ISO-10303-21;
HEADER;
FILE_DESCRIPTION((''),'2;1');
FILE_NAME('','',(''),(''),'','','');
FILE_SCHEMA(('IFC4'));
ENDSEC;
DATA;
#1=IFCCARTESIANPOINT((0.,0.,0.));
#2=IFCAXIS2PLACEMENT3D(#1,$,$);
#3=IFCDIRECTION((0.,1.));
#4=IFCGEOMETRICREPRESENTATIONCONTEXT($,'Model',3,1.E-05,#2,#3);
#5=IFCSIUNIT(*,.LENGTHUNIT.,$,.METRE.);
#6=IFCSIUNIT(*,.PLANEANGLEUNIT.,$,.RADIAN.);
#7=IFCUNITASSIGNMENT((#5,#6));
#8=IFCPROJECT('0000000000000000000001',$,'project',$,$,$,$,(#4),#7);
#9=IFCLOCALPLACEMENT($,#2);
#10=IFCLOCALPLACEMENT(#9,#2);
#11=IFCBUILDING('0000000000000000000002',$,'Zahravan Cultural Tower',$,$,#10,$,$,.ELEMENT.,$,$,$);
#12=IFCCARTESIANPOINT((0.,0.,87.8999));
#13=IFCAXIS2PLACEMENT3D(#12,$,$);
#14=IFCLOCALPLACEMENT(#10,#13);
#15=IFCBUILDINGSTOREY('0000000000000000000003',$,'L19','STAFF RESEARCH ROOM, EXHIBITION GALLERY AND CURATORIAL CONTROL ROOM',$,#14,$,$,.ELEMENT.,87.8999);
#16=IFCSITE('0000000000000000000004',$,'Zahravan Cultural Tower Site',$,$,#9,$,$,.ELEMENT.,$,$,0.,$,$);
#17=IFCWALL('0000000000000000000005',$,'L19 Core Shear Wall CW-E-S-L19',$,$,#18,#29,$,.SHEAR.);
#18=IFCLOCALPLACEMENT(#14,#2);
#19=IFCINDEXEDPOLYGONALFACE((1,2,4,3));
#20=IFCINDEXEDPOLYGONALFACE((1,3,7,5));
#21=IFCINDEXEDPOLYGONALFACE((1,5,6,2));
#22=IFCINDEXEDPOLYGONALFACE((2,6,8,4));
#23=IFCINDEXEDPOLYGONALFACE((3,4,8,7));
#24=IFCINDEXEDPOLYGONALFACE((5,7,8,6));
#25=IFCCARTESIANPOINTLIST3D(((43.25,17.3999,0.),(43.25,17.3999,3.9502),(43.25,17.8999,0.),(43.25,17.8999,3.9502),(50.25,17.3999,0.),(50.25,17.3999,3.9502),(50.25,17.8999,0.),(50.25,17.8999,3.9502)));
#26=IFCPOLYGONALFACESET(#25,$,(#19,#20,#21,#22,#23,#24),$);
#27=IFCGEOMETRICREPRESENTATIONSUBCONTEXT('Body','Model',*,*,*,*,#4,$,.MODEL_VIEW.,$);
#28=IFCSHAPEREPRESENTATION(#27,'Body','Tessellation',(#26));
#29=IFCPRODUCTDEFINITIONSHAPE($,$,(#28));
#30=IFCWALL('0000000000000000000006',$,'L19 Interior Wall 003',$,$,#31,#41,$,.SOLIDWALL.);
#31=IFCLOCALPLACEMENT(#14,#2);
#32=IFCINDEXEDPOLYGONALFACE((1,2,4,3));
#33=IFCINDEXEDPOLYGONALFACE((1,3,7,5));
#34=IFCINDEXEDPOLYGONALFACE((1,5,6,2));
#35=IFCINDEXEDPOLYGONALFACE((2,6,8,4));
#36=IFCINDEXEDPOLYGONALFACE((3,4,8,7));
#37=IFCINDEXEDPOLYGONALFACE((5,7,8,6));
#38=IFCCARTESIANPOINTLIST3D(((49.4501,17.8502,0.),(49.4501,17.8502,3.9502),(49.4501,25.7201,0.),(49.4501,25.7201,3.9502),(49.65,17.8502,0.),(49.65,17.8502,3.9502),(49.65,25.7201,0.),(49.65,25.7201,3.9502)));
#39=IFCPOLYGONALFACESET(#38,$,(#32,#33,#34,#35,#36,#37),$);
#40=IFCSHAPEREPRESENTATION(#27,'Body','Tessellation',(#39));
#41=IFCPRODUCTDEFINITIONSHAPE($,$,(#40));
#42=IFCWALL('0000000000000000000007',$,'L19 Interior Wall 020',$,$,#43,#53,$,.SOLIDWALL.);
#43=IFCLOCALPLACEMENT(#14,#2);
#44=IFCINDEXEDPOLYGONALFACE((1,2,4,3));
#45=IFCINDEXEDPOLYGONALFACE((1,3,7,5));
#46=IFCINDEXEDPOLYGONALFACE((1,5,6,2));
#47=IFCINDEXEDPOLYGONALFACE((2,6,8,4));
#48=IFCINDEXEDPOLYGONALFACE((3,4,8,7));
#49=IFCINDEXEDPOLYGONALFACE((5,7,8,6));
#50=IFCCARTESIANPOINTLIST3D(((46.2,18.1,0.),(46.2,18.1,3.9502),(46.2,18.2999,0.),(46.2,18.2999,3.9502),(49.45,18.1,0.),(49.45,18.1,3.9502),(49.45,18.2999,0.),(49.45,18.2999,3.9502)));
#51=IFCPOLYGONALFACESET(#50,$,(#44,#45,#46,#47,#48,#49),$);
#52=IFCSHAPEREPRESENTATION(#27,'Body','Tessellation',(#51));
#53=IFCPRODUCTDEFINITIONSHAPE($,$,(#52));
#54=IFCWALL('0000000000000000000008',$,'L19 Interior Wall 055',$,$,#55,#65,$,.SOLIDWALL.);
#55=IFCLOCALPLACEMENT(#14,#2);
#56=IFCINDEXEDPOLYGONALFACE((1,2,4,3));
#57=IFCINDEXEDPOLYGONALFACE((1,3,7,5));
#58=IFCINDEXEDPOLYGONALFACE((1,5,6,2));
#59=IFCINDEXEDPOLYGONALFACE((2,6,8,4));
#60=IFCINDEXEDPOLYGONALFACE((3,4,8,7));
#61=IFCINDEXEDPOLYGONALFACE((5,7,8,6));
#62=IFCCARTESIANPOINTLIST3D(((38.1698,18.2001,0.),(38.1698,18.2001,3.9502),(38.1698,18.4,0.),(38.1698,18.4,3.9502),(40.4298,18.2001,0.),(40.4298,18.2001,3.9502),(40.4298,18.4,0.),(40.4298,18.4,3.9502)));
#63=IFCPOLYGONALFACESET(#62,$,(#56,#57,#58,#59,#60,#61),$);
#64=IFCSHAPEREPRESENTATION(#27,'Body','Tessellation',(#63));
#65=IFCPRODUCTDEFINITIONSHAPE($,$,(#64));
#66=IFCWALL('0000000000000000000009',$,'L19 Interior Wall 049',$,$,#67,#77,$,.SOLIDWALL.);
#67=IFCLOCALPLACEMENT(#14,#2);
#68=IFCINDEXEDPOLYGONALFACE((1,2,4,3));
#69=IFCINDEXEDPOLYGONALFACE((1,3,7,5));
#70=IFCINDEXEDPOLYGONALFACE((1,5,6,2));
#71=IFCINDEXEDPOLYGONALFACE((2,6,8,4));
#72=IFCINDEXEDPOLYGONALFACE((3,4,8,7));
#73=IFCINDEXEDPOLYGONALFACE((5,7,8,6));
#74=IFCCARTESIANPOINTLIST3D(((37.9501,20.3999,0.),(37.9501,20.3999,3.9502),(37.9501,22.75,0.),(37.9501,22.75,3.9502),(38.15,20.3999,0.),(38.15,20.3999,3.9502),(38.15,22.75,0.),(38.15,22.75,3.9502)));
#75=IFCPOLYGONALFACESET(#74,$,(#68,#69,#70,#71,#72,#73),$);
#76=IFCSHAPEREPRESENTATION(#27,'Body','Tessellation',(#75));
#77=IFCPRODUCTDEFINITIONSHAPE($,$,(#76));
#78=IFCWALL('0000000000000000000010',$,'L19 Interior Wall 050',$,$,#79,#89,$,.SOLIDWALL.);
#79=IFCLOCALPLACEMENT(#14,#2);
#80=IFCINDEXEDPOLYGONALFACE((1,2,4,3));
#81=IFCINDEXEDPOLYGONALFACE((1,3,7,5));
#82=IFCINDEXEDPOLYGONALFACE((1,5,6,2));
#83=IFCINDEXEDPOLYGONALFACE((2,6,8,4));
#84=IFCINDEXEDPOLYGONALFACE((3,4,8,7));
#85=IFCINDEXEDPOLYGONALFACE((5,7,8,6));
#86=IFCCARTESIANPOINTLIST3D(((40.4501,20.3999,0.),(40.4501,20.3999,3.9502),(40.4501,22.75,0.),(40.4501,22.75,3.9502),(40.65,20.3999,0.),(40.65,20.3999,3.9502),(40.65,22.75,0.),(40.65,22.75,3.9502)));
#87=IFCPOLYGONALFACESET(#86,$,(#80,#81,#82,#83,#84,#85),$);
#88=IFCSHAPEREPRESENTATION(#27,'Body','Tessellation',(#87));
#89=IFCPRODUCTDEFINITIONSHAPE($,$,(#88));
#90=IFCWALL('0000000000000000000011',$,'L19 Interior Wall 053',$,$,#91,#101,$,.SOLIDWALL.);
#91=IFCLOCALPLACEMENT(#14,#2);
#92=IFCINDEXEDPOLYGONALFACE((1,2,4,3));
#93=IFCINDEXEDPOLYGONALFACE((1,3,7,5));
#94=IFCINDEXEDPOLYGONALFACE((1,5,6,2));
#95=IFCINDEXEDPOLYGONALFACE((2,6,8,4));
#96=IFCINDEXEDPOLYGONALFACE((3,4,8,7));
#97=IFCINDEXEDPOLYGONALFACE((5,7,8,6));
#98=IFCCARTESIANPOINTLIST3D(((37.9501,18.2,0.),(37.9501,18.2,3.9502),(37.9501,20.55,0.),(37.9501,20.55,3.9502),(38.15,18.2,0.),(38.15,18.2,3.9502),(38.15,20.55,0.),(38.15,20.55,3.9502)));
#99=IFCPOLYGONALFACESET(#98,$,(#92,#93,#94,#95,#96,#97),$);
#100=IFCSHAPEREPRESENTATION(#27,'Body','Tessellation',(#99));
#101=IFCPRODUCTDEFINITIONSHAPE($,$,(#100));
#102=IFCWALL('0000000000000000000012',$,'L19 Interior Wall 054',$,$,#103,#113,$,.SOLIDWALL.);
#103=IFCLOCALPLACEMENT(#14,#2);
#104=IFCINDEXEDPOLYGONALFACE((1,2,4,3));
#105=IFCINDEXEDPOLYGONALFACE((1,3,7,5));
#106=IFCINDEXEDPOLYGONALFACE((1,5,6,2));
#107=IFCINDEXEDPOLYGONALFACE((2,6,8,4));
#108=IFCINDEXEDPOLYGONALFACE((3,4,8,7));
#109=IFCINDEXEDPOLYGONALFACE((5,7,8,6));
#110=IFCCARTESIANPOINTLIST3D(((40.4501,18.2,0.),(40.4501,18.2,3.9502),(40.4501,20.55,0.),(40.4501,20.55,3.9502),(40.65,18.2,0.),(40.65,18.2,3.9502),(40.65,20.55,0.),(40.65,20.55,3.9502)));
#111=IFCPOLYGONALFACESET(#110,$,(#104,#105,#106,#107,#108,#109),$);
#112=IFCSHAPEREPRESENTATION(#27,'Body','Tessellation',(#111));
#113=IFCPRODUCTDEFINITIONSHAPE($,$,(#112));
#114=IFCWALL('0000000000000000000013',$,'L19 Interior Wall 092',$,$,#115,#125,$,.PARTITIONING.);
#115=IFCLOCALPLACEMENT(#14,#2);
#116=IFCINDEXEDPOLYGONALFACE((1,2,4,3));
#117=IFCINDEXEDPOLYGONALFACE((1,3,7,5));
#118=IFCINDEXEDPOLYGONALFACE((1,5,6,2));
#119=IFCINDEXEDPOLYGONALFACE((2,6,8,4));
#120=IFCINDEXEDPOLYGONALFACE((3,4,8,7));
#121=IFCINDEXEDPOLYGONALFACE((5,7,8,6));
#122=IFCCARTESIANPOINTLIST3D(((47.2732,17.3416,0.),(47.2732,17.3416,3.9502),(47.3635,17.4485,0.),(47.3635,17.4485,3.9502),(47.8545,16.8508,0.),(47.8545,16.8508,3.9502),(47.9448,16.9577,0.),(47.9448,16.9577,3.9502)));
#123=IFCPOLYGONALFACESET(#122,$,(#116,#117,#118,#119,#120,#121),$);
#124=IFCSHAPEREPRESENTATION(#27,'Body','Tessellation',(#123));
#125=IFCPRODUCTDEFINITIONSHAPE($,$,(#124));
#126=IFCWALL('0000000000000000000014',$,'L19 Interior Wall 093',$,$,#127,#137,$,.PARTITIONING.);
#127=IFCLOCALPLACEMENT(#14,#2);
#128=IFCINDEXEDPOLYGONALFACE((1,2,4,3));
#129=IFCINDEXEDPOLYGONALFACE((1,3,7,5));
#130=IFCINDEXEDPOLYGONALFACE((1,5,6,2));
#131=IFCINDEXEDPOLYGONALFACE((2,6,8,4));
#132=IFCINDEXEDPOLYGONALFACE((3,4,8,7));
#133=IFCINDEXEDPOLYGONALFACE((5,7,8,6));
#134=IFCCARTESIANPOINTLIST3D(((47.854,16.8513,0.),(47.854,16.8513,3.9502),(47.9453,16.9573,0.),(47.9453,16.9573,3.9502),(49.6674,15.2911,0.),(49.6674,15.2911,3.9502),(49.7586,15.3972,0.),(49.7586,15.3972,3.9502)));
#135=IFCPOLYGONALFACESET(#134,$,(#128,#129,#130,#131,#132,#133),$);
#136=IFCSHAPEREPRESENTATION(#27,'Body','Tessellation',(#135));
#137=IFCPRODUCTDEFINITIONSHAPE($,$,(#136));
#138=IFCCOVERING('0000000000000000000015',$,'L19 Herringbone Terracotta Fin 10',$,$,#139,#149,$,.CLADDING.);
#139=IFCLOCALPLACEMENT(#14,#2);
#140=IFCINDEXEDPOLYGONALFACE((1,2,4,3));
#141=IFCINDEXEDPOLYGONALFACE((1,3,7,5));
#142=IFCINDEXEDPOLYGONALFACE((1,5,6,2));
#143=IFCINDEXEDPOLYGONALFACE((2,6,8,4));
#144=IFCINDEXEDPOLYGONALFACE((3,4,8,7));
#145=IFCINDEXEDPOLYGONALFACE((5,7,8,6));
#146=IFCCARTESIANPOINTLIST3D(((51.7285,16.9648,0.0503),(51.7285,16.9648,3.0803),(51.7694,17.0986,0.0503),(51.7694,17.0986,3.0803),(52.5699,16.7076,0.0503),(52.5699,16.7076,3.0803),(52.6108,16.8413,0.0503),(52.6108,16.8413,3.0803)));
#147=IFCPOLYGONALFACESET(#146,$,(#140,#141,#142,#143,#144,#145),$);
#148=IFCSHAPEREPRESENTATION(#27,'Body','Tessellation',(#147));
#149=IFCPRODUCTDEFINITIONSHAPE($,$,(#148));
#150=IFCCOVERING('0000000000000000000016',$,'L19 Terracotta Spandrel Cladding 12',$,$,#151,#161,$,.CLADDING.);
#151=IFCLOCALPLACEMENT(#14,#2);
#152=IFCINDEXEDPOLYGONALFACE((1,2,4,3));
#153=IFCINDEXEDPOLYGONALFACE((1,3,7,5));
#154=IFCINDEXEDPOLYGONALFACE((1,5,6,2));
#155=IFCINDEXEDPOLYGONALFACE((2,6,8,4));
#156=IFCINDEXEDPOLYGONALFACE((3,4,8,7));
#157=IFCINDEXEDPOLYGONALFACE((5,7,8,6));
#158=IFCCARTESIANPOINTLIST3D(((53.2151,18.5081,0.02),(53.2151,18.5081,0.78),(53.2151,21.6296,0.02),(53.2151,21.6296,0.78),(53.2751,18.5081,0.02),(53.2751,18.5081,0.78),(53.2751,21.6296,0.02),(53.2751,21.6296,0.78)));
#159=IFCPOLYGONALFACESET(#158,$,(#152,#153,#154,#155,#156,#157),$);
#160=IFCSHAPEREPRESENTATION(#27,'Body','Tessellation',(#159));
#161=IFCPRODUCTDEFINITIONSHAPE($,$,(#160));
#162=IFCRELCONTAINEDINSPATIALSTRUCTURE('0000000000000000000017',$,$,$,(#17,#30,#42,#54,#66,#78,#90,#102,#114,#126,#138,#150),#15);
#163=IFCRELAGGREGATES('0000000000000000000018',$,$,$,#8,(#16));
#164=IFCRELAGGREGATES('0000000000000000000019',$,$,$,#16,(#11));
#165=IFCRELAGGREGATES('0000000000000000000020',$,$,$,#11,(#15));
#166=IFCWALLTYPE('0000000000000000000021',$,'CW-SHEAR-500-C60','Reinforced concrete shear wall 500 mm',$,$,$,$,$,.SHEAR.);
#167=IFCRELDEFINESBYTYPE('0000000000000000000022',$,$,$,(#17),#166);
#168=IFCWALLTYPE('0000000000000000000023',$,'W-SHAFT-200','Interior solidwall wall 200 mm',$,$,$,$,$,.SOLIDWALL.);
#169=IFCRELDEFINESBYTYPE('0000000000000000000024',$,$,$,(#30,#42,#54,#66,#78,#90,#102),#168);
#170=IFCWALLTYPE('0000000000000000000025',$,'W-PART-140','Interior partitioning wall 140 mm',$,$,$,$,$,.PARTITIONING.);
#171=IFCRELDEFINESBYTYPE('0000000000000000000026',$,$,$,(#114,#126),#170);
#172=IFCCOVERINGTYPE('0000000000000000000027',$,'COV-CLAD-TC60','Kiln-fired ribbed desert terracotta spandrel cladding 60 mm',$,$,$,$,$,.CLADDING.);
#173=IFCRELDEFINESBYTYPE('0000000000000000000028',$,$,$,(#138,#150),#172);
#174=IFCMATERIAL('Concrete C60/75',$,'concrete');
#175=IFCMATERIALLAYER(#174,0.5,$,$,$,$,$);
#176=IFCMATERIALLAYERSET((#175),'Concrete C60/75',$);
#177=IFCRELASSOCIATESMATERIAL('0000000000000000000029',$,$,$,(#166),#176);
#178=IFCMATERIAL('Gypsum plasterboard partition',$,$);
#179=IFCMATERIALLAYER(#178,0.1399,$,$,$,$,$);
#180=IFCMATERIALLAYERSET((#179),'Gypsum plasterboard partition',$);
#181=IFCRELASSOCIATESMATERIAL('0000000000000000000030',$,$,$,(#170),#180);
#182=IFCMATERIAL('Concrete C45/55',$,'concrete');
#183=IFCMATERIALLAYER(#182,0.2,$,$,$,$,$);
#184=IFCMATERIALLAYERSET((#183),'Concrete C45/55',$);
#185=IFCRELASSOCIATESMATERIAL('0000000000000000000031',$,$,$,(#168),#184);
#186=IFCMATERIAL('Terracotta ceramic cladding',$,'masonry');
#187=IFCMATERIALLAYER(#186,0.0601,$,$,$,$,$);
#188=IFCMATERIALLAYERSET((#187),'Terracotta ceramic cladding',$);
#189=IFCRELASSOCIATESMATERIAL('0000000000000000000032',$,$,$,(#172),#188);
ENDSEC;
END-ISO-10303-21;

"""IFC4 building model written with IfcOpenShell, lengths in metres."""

from ifc_helpers import new_model, si_unit, direction, frame, frame_2d, origin, origin_2d, place, context, subcontext, project, spatial, rectangle, extrude, source, transform, mapped, material, layer, layer_set, type_object, element, save


model = new_model("IFC4")

# Units and contexts
model_context = context("Model", 3, precision=1e-05, world=origin(), true_north=direction((0.0, 1.0)))
body_context = subcontext(model_context, "Body", "Model", "MODEL_VIEW")
ifc_project = project(units=[si_unit("LENGTHUNIT", "METRE"), si_unit("PLANEANGLEUNIT", "RADIAN")], contexts=[model_context])

# Site, building, storey
site_placement = place(None, origin())
site = spatial("IfcSite", under=ifc_project, at=site_placement, Name="Zahravan Cultural Tower Site", CompositionType="ELEMENT", RefElevation=0.0)
building_placement = place(site_placement, origin())
building = spatial("IfcBuilding", under=site, at=building_placement, Name="Zahravan Cultural Tower", CompositionType="ELEMENT")
storey_placement = place(building_placement, frame((0.0, 0.0, 87.8999)))
storey = spatial("IfcBuildingStorey", under=building, at=storey_placement, Name="L19", Description="STAFF RESEARCH ROOM, EXHIBITION GALLERY AND CURATORIAL CONTROL ROOM", CompositionType="ELEMENT", Elevation=87.8999)

# Shared definitions
ifc_material_1 = material(Name="Concrete C60/75", Category="concrete")

# Shared definitions
ifc_layer_1 = layer(ifc_material_1, 0.5)
ifc_layer_set_1 = layer_set([ifc_layer_1], Name="Concrete C60/75")
wall_type_1 = type_object("IfcWallType", Name="CW-SHEAR-500-C60", Description="Reinforced concrete shear wall 500 mm", PredefinedType="SHEAR", material=ifc_layer_set_1)

# Shared definitions
ifc_material_2 = material(Name="Gypsum plasterboard partition")
ifc_layer_2 = layer(ifc_material_2, 0.1399)
ifc_layer_set_2 = layer_set([ifc_layer_2], Name="Gypsum plasterboard partition")
wall_type_2 = type_object("IfcWallType", Name="W-PART-140", Description="Interior partitioning wall 140 mm", PredefinedType="PARTITIONING", material=ifc_layer_set_2)
ifc_material_3 = material(Name="Concrete C45/55", Category="concrete")
ifc_layer_3 = layer(ifc_material_3, 0.2)
ifc_layer_set_3 = layer_set([ifc_layer_3], Name="Concrete C45/55")
wall_type_3 = type_object("IfcWallType", Name="W-SHAFT-200", Description="Interior solidwall wall 200 mm", PredefinedType="SOLIDWALL", material=ifc_layer_set_3)

# Walls
shared_shape_1 = source(origin(), body_context, "Body", "SweptSolid", [
    extrude(rectangle(XDim=7.0, YDim=0.5, at=frame_2d((3.5, 0.0))), origin(), (0.0, 0.0, 1.0), 3.9502),
])
wall_1_placement = place(storey_placement, frame((43.25, 17.6499, 0.0), z_axis=(0.0, 0.0, 1.0), x_axis=(1.0, 0.0, 0.0)))
element("IfcWall", 1, at=wall_1_placement, inside=storey, type_object=wall_type_1, Name="L19 Core Shear Wall CW-E-S-L19", PredefinedType="SHEAR", context=body_context, shape_type="MappedRepresentation", body=[
    mapped(shared_shape_1, transform((0.0, 0.0, 0.0), x_axis=(1.0, 0.0, 0.0), y_axis=(0.0, 1.0, 0.0), z_axis=(0.0, 0.0, 1.0), scale=1.0)),
])
shared_shape_2 = source(origin(), body_context, "Body", "SweptSolid", [
    extrude(rectangle(XDim=7.8699, YDim=0.2, at=frame_2d((3.9351, 0.0))), origin(), (0.0, 0.0, 1.0), 3.9502),
])
wall_2_placement = place(storey_placement, frame((49.55, 17.8501, 0.0), z_axis=(0.0, 0.0, 1.0), x_axis=(0.0, 1.0, 0.0)))
element("IfcWall", 2, at=wall_2_placement, inside=storey, type_object=wall_type_3, Name="L19 Interior Wall 003", PredefinedType="SOLIDWALL", context=body_context, shape_type="MappedRepresentation", body=[
    mapped(shared_shape_2, transform((0.0, 0.0, 0.0), x_axis=(1.0, 0.0, 0.0), y_axis=(0.0, 1.0, 0.0), z_axis=(0.0, 0.0, 1.0), scale=1.0)),
])
shared_shape_3 = source(origin(), body_context, "Body", "SweptSolid", [
    extrude(rectangle(XDim=3.25, YDim=0.2, at=frame_2d((1.625, 0.0))), origin(), (0.0, 0.0, 1.0), 3.9502),
])
wall_3_placement = place(storey_placement, frame((46.2, 18.2, 0.0), z_axis=(0.0, 0.0, 1.0), x_axis=(1.0, 0.0, 0.0)))
element("IfcWall", 3, at=wall_3_placement, inside=storey, type_object=wall_type_3, Name="L19 Interior Wall 020", PredefinedType="SOLIDWALL", context=body_context, shape_type="MappedRepresentation", body=[
    mapped(shared_shape_3, transform((0.0, 0.0, 0.0), x_axis=(1.0, 0.0, 0.0), y_axis=(0.0, 1.0, 0.0), z_axis=(0.0, 0.0, 1.0), scale=1.0)),
])
shared_shape_4 = source(origin(), body_context, "Body", "SweptSolid", [
    extrude(rectangle(XDim=2.26, YDim=0.2, at=frame_2d((1.1299, 0.0))), origin(), (0.0, 0.0, 1.0), 3.9502),
])
wall_4_placement = place(storey_placement, frame((38.1699, 18.3, 0.0), z_axis=(0.0, 0.0, 1.0), x_axis=(1.0, 0.0, 0.0)))
element("IfcWall", 4, at=wall_4_placement, inside=storey, type_object=wall_type_3, Name="L19 Interior Wall 055", PredefinedType="SOLIDWALL", context=body_context, shape_type="MappedRepresentation", body=[
    mapped(shared_shape_4, transform((0.0, 0.0, 0.0), x_axis=(1.0, 0.0, 0.0), y_axis=(0.0, 1.0, 0.0), z_axis=(0.0, 0.0, 1.0), scale=1.0)),
])
shared_shape_5 = source(origin(), body_context, "Body", "SweptSolid", [
    extrude(rectangle(XDim=2.3501, YDim=0.2, at=frame_2d((1.175, 0.0))), origin(), (0.0, 0.0, 1.0), 3.9502),
])
for number, where, z_axis, x_axis, name in (
    (5, (38.05, 20.3999, 0.0), (0.0, 0.0, 1.0), (0.0, 1.0, 0.0), "L19 Interior Wall 049"),
    (6, (40.55, 20.3999, 0.0), (0.0, 0.0, 1.0), (0.0, 1.0, 0.0), "L19 Interior Wall 050"),
    (7, (38.05, 18.2, 0.0), (0.0, 0.0, 1.0), (0.0, 1.0, 0.0), "L19 Interior Wall 053"),
    (8, (40.55, 18.2, 0.0), (0.0, 0.0, 1.0), (0.0, 1.0, 0.0), "L19 Interior Wall 054"),
):
    element("IfcWall", number, at=place(storey_placement, frame(where, z_axis=z_axis, x_axis=x_axis)), inside=storey, type_object=wall_type_3, Name=name, PredefinedType="SOLIDWALL", context=body_context, shape_type="MappedRepresentation", body=[
        mapped(shared_shape_5, transform((0.0, 0.0, 0.0), x_axis=(1.0, 0.0, 0.0), y_axis=(0.0, 1.0, 0.0), z_axis=(0.0, 0.0, 1.0), scale=1.0)),
    ])
shared_shape_6 = source(origin(), body_context, "Body", "SweptSolid", [
    extrude(rectangle(XDim=0.7607, YDim=0.1399, at=frame_2d((0.3804, 0.0))), origin(), (0.0, 0.0, 1.0), 3.9502),
])
wall_5_placement = place(storey_placement, frame((47.3184, 17.395, 0.0), z_axis=(0.0, 0.0, 1.0), x_axis=(0.764128, -0.645064, 0.0)))
element("IfcWall", 9, at=wall_5_placement, inside=storey, type_object=wall_type_2, Name="L19 Interior Wall 092", PredefinedType="PARTITIONING", context=body_context, shape_type="MappedRepresentation", body=[
    mapped(shared_shape_6, transform((0.0, 0.0, 0.0), x_axis=(1.0, 0.0, 0.0), y_axis=(0.0, 1.0, 0.0), z_axis=(0.0, 0.0, 1.0), scale=1.0)),
])
shared_shape_7 = source(origin(), body_context, "Body", "SweptSolid", [
    extrude(rectangle(XDim=2.3921, YDim=0.1399, at=frame_2d((1.196, 0.0))), origin(), (0.0, 0.0, 1.0), 3.9502),
])
wall_6_placement = place(storey_placement, frame((47.8997, 16.9043, 0.0), z_axis=(0.0, 0.0, 1.0), x_axis=(0.758045, -0.652202, 0.0)))
element("IfcWall", 10, at=wall_6_placement, inside=storey, type_object=wall_type_2, Name="L19 Interior Wall 093", PredefinedType="PARTITIONING", context=body_context, shape_type="MappedRepresentation", body=[
    mapped(shared_shape_7, transform((0.0, 0.0, 0.0), x_axis=(1.0, 0.0, 0.0), y_axis=(0.0, 1.0, 0.0), z_axis=(0.0, 0.0, 1.0), scale=1.0)),
])

# Coverings
ifc_material_4 = material(Name="Terracotta ceramic cladding", Category="masonry")
ifc_layer_4 = layer(ifc_material_4, 0.0601)
ifc_layer_set_4 = layer_set([ifc_layer_4], Name="Terracotta ceramic cladding")
covering_type = type_object("IfcCoveringType", Name="COV-CLAD-TC60", Description="Kiln-fired ribbed desert terracotta spandrel cladding 60 mm", PredefinedType="CLADDING", material=ifc_layer_set_4)
shared_shape_8 = source(origin(), body_context, "Body", "SweptSolid", [
    extrude(rectangle(XDim=0.8799, YDim=0.1399, at=origin_2d()), origin(), (0.0, 0.0, 1.0), 3.03),
])
covering_1_placement = place(storey_placement, frame((52.1697, 16.9031, 0.0503), z_axis=(0.0, 0.0, 1.0), x_axis=(0.956305, -0.292372, 0.0)))
element("IfcCovering", 11, at=covering_1_placement, inside=storey, type_object=covering_type, Name="L19 Herringbone Terracotta Fin 10", PredefinedType="CLADDING", context=body_context, shape_type="MappedRepresentation", body=[
    mapped(shared_shape_8, transform((0.0, 0.0, 0.0), x_axis=(1.0, 0.0, 0.0), y_axis=(0.0, 1.0, 0.0), z_axis=(0.0, 0.0, 1.0), scale=1.0)),
])
shared_shape_9 = source(origin(), body_context, "Body", "SweptSolid", [
    extrude(rectangle(XDim=3.1216, YDim=0.0601, at=origin_2d()), origin(), (0.0, 0.0, 1.0), 0.76),
])
covering_2_placement = place(storey_placement, frame((53.2451, 20.0688, 0.02), z_axis=(0.0, 0.0, 1.0), x_axis=(0.0, -1.0, 0.0)))
element("IfcCovering", 12, at=covering_2_placement, inside=storey, type_object=covering_type, Name="L19 Terracotta Spandrel Cladding 12", PredefinedType="CLADDING", context=body_context, shape_type="MappedRepresentation", body=[
    mapped(shared_shape_9, transform((0.0, 0.0, 0.0), x_axis=(1.0, 0.0, 0.0), y_axis=(0.0, 1.0, 0.0), z_axis=(0.0, 0.0, 1.0), scale=1.0)),
])

save(model, "model.ifc")
